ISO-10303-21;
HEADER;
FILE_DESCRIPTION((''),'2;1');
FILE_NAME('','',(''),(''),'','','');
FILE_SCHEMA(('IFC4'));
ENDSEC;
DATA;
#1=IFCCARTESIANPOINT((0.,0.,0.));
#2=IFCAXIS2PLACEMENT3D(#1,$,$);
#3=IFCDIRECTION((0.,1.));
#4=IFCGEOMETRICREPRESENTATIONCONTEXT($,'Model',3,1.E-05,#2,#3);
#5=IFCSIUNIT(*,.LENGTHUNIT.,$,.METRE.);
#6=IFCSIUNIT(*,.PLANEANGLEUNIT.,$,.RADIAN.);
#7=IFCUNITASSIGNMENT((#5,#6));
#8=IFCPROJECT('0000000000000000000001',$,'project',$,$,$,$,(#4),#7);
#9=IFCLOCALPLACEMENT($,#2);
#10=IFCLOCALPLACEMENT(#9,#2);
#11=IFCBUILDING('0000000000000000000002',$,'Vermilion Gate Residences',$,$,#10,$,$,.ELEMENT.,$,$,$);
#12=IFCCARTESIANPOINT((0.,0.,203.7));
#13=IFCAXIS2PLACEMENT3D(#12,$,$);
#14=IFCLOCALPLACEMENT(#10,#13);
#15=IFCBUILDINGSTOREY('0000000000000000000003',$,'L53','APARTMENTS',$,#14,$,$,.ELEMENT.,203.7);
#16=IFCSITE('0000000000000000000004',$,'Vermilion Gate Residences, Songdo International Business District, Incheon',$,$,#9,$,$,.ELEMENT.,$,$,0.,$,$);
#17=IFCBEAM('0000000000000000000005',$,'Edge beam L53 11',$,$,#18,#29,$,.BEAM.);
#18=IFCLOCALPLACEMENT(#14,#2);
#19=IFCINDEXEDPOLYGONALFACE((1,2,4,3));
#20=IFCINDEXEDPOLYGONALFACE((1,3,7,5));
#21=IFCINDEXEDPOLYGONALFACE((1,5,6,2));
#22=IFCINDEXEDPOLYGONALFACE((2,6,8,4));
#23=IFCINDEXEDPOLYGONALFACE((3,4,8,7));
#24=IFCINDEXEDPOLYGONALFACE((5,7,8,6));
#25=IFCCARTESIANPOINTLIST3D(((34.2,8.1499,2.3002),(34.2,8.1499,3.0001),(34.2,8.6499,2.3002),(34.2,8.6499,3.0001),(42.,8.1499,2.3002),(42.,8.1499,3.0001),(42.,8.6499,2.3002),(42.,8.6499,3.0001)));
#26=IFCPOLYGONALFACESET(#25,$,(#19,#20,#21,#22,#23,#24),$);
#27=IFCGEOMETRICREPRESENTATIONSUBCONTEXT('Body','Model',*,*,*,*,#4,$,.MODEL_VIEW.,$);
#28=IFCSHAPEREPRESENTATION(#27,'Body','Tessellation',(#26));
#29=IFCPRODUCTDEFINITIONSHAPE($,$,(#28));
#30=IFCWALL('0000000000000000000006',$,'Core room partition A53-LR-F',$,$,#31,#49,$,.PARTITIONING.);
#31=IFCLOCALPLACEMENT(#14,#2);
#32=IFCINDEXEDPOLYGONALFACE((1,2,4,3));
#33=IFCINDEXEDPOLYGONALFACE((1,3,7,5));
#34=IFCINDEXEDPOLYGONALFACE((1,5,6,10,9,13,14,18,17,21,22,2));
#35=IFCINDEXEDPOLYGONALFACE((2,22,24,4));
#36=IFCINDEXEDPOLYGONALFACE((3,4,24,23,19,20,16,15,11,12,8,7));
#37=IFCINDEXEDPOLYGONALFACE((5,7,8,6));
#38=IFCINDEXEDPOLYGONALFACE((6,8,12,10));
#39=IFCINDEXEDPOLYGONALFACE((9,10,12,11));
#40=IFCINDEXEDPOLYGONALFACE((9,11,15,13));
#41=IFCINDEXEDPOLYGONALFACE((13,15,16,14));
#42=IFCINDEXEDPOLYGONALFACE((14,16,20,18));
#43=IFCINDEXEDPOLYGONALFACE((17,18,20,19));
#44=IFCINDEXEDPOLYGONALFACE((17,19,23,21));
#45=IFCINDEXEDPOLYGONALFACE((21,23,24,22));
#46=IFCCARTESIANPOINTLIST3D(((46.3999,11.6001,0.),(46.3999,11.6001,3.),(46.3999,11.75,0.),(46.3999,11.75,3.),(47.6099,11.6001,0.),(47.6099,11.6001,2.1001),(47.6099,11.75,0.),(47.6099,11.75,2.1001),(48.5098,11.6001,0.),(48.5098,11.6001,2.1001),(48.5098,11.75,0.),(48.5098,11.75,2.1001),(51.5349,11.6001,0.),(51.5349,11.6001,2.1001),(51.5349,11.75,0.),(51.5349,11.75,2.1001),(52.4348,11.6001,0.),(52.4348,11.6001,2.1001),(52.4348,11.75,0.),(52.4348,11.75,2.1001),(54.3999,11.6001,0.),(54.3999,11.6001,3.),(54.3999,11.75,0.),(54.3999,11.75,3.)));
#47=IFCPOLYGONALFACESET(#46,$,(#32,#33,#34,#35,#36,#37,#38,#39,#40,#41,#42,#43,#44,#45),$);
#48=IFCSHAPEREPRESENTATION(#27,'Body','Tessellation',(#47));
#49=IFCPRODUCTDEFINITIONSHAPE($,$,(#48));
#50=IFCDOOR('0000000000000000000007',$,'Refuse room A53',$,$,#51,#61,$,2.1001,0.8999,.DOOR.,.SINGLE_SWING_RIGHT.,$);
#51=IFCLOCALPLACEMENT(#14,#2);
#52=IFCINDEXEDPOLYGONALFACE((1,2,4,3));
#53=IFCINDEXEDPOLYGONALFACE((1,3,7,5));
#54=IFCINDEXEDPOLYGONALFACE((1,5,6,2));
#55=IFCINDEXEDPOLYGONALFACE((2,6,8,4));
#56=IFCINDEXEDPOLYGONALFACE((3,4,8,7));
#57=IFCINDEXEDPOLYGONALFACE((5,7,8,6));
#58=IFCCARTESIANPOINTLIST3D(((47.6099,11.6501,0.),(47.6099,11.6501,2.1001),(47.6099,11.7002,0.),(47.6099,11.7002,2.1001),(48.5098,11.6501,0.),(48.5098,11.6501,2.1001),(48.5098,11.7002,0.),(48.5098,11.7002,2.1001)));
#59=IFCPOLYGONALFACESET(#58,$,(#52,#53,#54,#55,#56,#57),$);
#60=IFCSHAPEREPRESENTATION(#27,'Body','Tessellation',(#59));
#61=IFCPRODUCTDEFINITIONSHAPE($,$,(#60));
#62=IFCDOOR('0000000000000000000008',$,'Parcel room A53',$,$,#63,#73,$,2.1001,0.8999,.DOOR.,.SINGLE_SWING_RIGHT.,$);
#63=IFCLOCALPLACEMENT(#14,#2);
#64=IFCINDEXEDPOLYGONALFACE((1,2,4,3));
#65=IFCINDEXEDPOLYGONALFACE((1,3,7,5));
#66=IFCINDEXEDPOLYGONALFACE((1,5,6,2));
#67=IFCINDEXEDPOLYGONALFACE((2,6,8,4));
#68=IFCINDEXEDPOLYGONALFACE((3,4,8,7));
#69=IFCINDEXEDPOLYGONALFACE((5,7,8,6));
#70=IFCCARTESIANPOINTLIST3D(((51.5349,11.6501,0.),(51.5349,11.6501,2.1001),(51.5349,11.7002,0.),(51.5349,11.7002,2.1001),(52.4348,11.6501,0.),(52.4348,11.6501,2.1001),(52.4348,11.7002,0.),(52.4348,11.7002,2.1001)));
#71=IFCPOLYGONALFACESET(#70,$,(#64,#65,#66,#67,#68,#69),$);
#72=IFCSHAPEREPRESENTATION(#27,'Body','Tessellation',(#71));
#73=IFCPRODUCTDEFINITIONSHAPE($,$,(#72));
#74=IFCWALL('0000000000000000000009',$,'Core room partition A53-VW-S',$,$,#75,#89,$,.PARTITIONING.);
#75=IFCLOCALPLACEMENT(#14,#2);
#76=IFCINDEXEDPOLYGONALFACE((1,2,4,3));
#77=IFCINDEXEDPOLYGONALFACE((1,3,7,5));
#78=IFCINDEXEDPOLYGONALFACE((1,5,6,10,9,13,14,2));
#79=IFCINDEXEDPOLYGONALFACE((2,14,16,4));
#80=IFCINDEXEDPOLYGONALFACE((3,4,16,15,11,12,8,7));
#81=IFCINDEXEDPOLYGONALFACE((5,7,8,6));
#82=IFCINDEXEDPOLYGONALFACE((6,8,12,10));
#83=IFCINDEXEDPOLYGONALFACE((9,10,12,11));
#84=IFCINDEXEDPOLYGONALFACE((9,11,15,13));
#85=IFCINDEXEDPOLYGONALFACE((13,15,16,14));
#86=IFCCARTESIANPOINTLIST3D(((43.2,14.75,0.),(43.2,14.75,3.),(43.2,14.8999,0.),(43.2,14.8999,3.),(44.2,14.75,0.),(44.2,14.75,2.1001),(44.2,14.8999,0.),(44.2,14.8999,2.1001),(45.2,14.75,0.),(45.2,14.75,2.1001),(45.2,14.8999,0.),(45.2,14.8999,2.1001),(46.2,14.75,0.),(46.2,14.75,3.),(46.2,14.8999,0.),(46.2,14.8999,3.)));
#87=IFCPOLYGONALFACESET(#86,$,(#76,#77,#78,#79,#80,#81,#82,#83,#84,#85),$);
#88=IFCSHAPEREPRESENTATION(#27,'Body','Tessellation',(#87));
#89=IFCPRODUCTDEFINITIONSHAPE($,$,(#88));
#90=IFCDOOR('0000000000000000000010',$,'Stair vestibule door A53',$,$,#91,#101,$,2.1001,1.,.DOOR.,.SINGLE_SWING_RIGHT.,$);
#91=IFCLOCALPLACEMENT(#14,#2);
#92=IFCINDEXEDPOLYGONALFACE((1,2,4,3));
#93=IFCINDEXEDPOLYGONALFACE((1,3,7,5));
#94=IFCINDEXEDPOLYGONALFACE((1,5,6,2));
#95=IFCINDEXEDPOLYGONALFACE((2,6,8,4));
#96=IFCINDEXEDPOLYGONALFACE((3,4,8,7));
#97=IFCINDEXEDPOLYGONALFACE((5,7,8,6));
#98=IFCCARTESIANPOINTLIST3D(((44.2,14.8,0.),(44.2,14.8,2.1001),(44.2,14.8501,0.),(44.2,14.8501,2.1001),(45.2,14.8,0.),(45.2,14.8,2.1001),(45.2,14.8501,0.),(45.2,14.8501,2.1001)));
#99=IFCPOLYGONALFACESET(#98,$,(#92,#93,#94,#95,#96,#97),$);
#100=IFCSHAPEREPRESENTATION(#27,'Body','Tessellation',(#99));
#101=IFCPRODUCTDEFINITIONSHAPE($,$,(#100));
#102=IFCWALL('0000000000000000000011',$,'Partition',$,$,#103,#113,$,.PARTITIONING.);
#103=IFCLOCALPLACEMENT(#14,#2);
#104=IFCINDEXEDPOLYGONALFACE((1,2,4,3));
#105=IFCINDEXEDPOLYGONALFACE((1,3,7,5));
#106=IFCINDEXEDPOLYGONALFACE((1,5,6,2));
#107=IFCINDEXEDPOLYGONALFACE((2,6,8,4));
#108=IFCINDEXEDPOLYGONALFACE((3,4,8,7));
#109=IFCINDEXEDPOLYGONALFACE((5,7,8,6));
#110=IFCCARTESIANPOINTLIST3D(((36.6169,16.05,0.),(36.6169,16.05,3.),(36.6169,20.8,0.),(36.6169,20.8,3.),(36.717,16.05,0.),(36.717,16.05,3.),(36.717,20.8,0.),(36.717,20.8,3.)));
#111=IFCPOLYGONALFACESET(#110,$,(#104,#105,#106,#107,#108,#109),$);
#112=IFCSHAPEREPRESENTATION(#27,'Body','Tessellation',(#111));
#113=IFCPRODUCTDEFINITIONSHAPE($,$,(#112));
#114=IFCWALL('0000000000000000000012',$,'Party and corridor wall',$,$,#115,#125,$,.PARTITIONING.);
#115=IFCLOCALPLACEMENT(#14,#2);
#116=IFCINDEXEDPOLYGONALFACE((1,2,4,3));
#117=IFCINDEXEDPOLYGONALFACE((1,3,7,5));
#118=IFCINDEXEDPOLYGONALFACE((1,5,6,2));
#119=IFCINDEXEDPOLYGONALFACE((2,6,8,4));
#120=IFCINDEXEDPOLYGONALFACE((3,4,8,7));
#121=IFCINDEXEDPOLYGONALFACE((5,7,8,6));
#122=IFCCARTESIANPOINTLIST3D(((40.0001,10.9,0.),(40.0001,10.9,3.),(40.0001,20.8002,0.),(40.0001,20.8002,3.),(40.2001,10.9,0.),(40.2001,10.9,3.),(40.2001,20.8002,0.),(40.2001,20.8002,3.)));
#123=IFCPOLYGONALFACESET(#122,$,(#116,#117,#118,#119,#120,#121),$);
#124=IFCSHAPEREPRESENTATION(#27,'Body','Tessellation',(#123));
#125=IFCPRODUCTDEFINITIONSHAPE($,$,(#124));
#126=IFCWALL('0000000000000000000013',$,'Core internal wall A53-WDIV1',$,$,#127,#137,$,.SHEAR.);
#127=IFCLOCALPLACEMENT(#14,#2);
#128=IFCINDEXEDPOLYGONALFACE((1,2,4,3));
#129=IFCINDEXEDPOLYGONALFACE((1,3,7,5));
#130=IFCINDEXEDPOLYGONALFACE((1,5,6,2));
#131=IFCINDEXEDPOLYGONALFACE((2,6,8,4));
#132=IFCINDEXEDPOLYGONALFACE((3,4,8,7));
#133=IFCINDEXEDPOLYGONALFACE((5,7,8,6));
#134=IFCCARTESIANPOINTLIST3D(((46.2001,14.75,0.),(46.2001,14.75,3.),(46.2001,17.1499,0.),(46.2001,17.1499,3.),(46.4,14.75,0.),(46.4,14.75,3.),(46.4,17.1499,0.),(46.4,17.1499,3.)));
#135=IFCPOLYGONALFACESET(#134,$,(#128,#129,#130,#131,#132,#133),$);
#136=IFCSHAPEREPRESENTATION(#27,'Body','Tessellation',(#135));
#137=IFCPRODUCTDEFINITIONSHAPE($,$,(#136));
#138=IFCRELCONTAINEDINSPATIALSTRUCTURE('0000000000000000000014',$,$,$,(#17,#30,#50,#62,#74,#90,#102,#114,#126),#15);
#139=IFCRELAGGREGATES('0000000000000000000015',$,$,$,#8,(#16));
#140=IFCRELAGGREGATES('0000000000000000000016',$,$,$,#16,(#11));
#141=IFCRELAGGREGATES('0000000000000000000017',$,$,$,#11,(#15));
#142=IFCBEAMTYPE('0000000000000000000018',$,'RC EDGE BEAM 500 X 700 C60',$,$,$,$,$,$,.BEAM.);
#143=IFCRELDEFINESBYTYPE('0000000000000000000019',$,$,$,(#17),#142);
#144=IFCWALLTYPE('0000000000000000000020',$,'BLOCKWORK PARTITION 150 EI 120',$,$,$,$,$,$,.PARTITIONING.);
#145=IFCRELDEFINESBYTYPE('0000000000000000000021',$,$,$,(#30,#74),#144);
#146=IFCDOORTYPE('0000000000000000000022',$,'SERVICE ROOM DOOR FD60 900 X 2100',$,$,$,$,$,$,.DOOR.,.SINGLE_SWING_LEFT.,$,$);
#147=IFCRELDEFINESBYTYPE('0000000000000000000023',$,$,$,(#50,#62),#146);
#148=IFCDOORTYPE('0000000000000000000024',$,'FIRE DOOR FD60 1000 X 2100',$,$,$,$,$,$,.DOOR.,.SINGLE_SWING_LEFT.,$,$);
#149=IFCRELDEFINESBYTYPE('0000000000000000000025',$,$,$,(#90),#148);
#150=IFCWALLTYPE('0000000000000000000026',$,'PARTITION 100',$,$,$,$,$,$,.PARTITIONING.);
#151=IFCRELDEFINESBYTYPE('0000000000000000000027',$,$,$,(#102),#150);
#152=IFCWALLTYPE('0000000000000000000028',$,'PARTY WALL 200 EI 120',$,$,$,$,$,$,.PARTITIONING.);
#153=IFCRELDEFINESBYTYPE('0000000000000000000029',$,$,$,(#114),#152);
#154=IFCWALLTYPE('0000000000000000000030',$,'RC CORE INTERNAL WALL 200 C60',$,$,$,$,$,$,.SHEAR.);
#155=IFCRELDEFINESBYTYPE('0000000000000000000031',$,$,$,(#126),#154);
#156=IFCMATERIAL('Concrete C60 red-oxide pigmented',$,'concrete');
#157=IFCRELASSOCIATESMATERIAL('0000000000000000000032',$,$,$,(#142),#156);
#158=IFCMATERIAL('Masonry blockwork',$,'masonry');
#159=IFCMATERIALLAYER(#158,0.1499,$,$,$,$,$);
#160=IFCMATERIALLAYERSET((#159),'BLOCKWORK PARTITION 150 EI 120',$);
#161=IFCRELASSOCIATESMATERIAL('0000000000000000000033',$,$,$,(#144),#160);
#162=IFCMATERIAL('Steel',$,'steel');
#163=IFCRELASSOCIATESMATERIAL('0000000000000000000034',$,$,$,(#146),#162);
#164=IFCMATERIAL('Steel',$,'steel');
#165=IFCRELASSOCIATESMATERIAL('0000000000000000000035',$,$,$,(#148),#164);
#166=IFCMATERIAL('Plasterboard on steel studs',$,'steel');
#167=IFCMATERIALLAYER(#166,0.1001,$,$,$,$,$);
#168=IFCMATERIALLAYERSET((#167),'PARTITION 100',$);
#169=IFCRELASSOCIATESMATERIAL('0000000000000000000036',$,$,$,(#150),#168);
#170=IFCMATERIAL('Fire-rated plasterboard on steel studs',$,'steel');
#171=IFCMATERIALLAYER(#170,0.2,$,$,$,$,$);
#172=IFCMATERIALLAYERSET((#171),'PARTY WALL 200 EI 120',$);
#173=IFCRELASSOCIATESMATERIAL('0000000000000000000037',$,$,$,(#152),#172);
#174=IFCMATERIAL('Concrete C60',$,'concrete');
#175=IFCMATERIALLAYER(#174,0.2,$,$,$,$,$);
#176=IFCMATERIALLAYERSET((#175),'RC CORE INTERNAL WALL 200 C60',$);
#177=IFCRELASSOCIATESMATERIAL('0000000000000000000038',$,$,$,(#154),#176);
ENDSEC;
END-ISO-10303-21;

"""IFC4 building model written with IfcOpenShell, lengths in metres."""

from ifc_helpers import new_model, si_unit, direction, frame, frame_2d, origin, origin_2d, place, context, subcontext, project, spatial, rectangle, extrude, material, layer, layer_set, material_profile, profile_set, type_object, element, fill, save


model = new_model("IFC4")

# Units and contexts
model_context = context("Model", 3, precision=1e-05, world=origin(), true_north=direction((0.0, 1.0)))
body_context = subcontext(model_context, "Body", "Model", "MODEL_VIEW")
ifc_project = project(units=[si_unit("LENGTHUNIT", "METRE"), si_unit("PLANEANGLEUNIT", "RADIAN")], contexts=[model_context])

# Site, building, storey
site_placement = place(None, origin())
site = spatial("IfcSite", under=ifc_project, at=site_placement, Name="Vermilion Gate Residences, Songdo International Business District, Incheon", CompositionType="ELEMENT", RefElevation=0.0)
building_placement = place(site_placement, origin())
building = spatial("IfcBuilding", under=site, at=building_placement, Name="Vermilion Gate Residences", CompositionType="ELEMENT")
storey_placement = place(building_placement, frame((0.0, 0.0, 203.7)))
storey = spatial("IfcBuildingStorey", under=building, at=storey_placement, Name="L53", Description="APARTMENTS", CompositionType="ELEMENT", Elevation=203.7)

# Beam
ifc_material_1 = material(Name="Concrete C60 red-oxide pigmented", Category="concrete")
ifc_material_profile_1 = material_profile(ifc_material_1, rectangle(XDim=0.5, YDim=0.7, at=origin_2d()), Name="RC-500x700")
ifc_profile_set_1 = profile_set([ifc_material_profile_1], Name="Concrete C60 red-oxide pigmented")
beam_type = type_object("IfcBeamType", Name="RC EDGE BEAM 500 X 700 C60", PredefinedType="BEAM", material=ifc_profile_set_1)
beam_placement = place(storey_placement, frame((34.2, 8.3999, 2.6501), z_axis=(1.0, 0.0, 0.0), x_axis=(0.0, 1.0, 0.0)))
element("IfcBeam", 1, at=beam_placement, inside=storey, type_object=beam_type, Name="Edge beam L53 11", PredefinedType="BEAM", context=body_context, shape_type="SweptSolid", body=[
    extrude(rectangle(XDim=0.5, YDim=0.7, at=origin_2d()), origin(), (0.0, 0.0, 1.0), 7.8),
])

# Wall, openings, doors
ifc_material_2 = material(Name="Masonry blockwork", Category="masonry")
ifc_layer_1 = layer(ifc_material_2, 0.1499)
ifc_layer_set_1 = layer_set([ifc_layer_1], Name="BLOCKWORK PARTITION 150 EI 120")
wall_type_1 = type_object("IfcWallType", Name="BLOCKWORK PARTITION 150 EI 120", PredefinedType="PARTITIONING", material=ifc_layer_set_1)
wall_1_placement = place(storey_placement, frame((46.3999, 11.675, 0.0), z_axis=(0.0, 0.0, 1.0), x_axis=(1.0, 0.0, 0.0)))
wall_1 = element("IfcWall", 2, at=wall_1_placement, inside=storey, type_object=wall_type_1, Name="Core room partition A53-LR-F", PredefinedType="PARTITIONING", context=body_context, shape_type="SweptSolid", body=[
    extrude(rectangle(XDim=8.0, YDim=0.1499, at=frame_2d((4.0, 0.0))), origin(), (0.0, 0.0, 1.0), 3.0),
])
opening_1_placement = place(wall_1_placement, frame((1.21, 0.0, 0.0)))
opening_1 = element("IfcOpeningElement", 3, at=opening_1_placement, cuts=wall_1, PredefinedType="OPENING", context=body_context, shape_type="SweptSolid", body=[
    extrude(rectangle(XDim=0.8999, YDim=2.1001, at=frame_2d((0.45, 1.05))), frame((0.0, 0.085, 0.0), z_axis=(0.0, -1.0, 0.0), x_axis=(1.0, 0.0, 0.0)), (0.0, 0.0, 1.0), 0.1699),
])
opening_2_placement = place(wall_1_placement, frame((5.135, 0.0, 0.0)))
opening_2 = element("IfcOpeningElement", 4, at=opening_2_placement, cuts=wall_1, PredefinedType="OPENING", context=body_context, shape_type="SweptSolid", body=[
    extrude(rectangle(XDim=0.8999, YDim=2.1001, at=frame_2d((0.45, 1.05))), frame((0.0, 0.085, 0.0), z_axis=(0.0, -1.0, 0.0), x_axis=(1.0, 0.0, 0.0)), (0.0, 0.0, 1.0), 0.1699),
])
ifc_material_3 = material(Name="Steel", Category="steel")
door_type_1 = type_object("IfcDoorType", Name="SERVICE ROOM DOOR FD60 900 X 2100", OperationType="SINGLE_SWING_LEFT", PredefinedType="DOOR", material=ifc_material_3)
door_1_placement = place(opening_1_placement, frame((0.8999, 0.0, 0.0), z_axis=(0.0, 0.0, 1.0), x_axis=(-1.0, 0.0, 0.0)))
door_1 = element("IfcDoor", 5, at=door_1_placement, inside=storey, type_object=door_type_1, Name="Refuse room A53", OperationType="SINGLE_SWING_RIGHT", OverallHeight=2.1001, OverallWidth=0.8999, PredefinedType="DOOR", context=body_context, shape_type="SweptSolid", body=[
    extrude(rectangle(XDim=0.8999, YDim=2.1001, at=frame_2d((0.45, 1.05))), frame((0.0, 0.0249, 0.0), z_axis=(0.0, -1.0, 0.0), x_axis=(1.0, 0.0, 0.0)), (0.0, 0.0, 1.0), 0.05),
])
fill(opening_1, door_1)
door_2_placement = place(opening_2_placement, frame((0.8999, 0.0, 0.0), z_axis=(0.0, 0.0, 1.0), x_axis=(-1.0, 0.0, 0.0)))
door_2 = element("IfcDoor", 6, at=door_2_placement, inside=storey, type_object=door_type_1, Name="Parcel room A53", OperationType="SINGLE_SWING_RIGHT", OverallHeight=2.1001, OverallWidth=0.8999, PredefinedType="DOOR", context=body_context, shape_type="SweptSolid", body=[
    extrude(rectangle(XDim=0.8999, YDim=2.1001, at=frame_2d((0.45, 1.05))), frame((0.0, 0.0249, 0.0), z_axis=(0.0, -1.0, 0.0), x_axis=(1.0, 0.0, 0.0)), (0.0, 0.0, 1.0), 0.05),
])
fill(opening_2, door_2)

# Wall, opening, door
wall_2_placement = place(storey_placement, frame((43.2, 14.825, 0.0), z_axis=(0.0, 0.0, 1.0), x_axis=(1.0, 0.0, 0.0)))
wall_2 = element("IfcWall", 7, at=wall_2_placement, inside=storey, type_object=wall_type_1, Name="Core room partition A53-VW-S", PredefinedType="PARTITIONING", context=body_context, shape_type="SweptSolid", body=[
    extrude(rectangle(XDim=3.0, YDim=0.1499, at=frame_2d((1.5, 0.0))), origin(), (0.0, 0.0, 1.0), 3.0),
])
opening_3_placement = place(wall_2_placement, frame((1.0, 0.0, 0.0)))
opening_3 = element("IfcOpeningElement", 8, at=opening_3_placement, cuts=wall_2, PredefinedType="OPENING", context=body_context, shape_type="SweptSolid", body=[
    extrude(rectangle(XDim=1.0, YDim=2.1001, at=frame_2d((0.5, 1.05))), frame((0.0, 0.085, 0.0), z_axis=(0.0, -1.0, 0.0), x_axis=(1.0, 0.0, 0.0)), (0.0, 0.0, 1.0), 0.1699),
])
ifc_material_4 = material(Name="Steel", Category="steel")
door_type_2 = type_object("IfcDoorType", Name="FIRE DOOR FD60 1000 X 2100", OperationType="SINGLE_SWING_LEFT", PredefinedType="DOOR", material=ifc_material_4)
door_3_placement = place(opening_3_placement, frame((1.0, 0.0, 0.0), z_axis=(0.0, 0.0, 1.0), x_axis=(-1.0, 0.0, 0.0)))
door_3 = element("IfcDoor", 9, at=door_3_placement, inside=storey, type_object=door_type_2, Name="Stair vestibule door A53", OperationType="SINGLE_SWING_RIGHT", OverallHeight=2.1001, OverallWidth=1.0, PredefinedType="DOOR", context=body_context, shape_type="SweptSolid", body=[
    extrude(rectangle(XDim=1.0, YDim=2.1001, at=frame_2d((0.5, 1.05))), frame((0.0, 0.0249, 0.0), z_axis=(0.0, -1.0, 0.0), x_axis=(1.0, 0.0, 0.0)), (0.0, 0.0, 1.0), 0.05),
])
fill(opening_3, door_3)

# Walls
ifc_material_5 = material(Name="Plasterboard on steel studs", Category="steel")
ifc_layer_2 = layer(ifc_material_5, 0.1001)
ifc_layer_set_2 = layer_set([ifc_layer_2], Name="PARTITION 100")
wall_type_2 = type_object("IfcWallType", Name="PARTITION 100", PredefinedType="PARTITIONING", material=ifc_layer_set_2)
wall_3_placement = place(storey_placement, frame((36.667, 16.05, 0.0), z_axis=(0.0, 0.0, 1.0), x_axis=(0.0, 1.0, 0.0)))
element("IfcWall", 10, at=wall_3_placement, inside=storey, type_object=wall_type_2, Name="Partition", PredefinedType="PARTITIONING", context=body_context, shape_type="SweptSolid", body=[
    extrude(rectangle(XDim=4.75, YDim=0.1001, at=frame_2d((2.375, 0.0))), origin(), (0.0, 0.0, 1.0), 3.0),
])
ifc_material_6 = material(Name="Fire-rated plasterboard on steel studs", Category="steel")
ifc_layer_3 = layer(ifc_material_6, 0.2)
ifc_layer_set_3 = layer_set([ifc_layer_3], Name="PARTY WALL 200 EI 120")
wall_type_3 = type_object("IfcWallType", Name="PARTY WALL 200 EI 120", PredefinedType="PARTITIONING", material=ifc_layer_set_3)
wall_4_placement = place(storey_placement, frame((40.1001, 10.8999, 0.0), z_axis=(0.0, 0.0, 1.0), x_axis=(0.0, 1.0, 0.0)))
element("IfcWall", 11, at=wall_4_placement, inside=storey, type_object=wall_type_3, Name="Party and corridor wall", PredefinedType="PARTITIONING", context=body_context, shape_type="SweptSolid", body=[
    extrude(rectangle(XDim=9.9001, YDim=0.2, at=frame_2d((4.9502, 0.0))), origin(), (0.0, 0.0, 1.0), 3.0),
])
ifc_material_7 = material(Name="Concrete C60", Category="concrete")
ifc_layer_4 = layer(ifc_material_7, 0.2)
ifc_layer_set_4 = layer_set([ifc_layer_4], Name="RC CORE INTERNAL WALL 200 C60")
wall_type_4 = type_object("IfcWallType", Name="RC CORE INTERNAL WALL 200 C60", PredefinedType="SHEAR", material=ifc_layer_set_4)
wall_5_placement = place(storey_placement, frame((46.3, 14.75, 0.0), z_axis=(0.0, 0.0, 1.0), x_axis=(0.0, 1.0, 0.0)))
element("IfcWall", 12, at=wall_5_placement, inside=storey, type_object=wall_type_4, Name="Core internal wall A53-WDIV1", PredefinedType="SHEAR", context=body_context, shape_type="SweptSolid", body=[
    extrude(rectangle(XDim=2.3999, YDim=0.2, at=frame_2d((1.2, 0.0))), origin(), (0.0, 0.0, 1.0), 3.0),
])

save(model, "model.ifc")
